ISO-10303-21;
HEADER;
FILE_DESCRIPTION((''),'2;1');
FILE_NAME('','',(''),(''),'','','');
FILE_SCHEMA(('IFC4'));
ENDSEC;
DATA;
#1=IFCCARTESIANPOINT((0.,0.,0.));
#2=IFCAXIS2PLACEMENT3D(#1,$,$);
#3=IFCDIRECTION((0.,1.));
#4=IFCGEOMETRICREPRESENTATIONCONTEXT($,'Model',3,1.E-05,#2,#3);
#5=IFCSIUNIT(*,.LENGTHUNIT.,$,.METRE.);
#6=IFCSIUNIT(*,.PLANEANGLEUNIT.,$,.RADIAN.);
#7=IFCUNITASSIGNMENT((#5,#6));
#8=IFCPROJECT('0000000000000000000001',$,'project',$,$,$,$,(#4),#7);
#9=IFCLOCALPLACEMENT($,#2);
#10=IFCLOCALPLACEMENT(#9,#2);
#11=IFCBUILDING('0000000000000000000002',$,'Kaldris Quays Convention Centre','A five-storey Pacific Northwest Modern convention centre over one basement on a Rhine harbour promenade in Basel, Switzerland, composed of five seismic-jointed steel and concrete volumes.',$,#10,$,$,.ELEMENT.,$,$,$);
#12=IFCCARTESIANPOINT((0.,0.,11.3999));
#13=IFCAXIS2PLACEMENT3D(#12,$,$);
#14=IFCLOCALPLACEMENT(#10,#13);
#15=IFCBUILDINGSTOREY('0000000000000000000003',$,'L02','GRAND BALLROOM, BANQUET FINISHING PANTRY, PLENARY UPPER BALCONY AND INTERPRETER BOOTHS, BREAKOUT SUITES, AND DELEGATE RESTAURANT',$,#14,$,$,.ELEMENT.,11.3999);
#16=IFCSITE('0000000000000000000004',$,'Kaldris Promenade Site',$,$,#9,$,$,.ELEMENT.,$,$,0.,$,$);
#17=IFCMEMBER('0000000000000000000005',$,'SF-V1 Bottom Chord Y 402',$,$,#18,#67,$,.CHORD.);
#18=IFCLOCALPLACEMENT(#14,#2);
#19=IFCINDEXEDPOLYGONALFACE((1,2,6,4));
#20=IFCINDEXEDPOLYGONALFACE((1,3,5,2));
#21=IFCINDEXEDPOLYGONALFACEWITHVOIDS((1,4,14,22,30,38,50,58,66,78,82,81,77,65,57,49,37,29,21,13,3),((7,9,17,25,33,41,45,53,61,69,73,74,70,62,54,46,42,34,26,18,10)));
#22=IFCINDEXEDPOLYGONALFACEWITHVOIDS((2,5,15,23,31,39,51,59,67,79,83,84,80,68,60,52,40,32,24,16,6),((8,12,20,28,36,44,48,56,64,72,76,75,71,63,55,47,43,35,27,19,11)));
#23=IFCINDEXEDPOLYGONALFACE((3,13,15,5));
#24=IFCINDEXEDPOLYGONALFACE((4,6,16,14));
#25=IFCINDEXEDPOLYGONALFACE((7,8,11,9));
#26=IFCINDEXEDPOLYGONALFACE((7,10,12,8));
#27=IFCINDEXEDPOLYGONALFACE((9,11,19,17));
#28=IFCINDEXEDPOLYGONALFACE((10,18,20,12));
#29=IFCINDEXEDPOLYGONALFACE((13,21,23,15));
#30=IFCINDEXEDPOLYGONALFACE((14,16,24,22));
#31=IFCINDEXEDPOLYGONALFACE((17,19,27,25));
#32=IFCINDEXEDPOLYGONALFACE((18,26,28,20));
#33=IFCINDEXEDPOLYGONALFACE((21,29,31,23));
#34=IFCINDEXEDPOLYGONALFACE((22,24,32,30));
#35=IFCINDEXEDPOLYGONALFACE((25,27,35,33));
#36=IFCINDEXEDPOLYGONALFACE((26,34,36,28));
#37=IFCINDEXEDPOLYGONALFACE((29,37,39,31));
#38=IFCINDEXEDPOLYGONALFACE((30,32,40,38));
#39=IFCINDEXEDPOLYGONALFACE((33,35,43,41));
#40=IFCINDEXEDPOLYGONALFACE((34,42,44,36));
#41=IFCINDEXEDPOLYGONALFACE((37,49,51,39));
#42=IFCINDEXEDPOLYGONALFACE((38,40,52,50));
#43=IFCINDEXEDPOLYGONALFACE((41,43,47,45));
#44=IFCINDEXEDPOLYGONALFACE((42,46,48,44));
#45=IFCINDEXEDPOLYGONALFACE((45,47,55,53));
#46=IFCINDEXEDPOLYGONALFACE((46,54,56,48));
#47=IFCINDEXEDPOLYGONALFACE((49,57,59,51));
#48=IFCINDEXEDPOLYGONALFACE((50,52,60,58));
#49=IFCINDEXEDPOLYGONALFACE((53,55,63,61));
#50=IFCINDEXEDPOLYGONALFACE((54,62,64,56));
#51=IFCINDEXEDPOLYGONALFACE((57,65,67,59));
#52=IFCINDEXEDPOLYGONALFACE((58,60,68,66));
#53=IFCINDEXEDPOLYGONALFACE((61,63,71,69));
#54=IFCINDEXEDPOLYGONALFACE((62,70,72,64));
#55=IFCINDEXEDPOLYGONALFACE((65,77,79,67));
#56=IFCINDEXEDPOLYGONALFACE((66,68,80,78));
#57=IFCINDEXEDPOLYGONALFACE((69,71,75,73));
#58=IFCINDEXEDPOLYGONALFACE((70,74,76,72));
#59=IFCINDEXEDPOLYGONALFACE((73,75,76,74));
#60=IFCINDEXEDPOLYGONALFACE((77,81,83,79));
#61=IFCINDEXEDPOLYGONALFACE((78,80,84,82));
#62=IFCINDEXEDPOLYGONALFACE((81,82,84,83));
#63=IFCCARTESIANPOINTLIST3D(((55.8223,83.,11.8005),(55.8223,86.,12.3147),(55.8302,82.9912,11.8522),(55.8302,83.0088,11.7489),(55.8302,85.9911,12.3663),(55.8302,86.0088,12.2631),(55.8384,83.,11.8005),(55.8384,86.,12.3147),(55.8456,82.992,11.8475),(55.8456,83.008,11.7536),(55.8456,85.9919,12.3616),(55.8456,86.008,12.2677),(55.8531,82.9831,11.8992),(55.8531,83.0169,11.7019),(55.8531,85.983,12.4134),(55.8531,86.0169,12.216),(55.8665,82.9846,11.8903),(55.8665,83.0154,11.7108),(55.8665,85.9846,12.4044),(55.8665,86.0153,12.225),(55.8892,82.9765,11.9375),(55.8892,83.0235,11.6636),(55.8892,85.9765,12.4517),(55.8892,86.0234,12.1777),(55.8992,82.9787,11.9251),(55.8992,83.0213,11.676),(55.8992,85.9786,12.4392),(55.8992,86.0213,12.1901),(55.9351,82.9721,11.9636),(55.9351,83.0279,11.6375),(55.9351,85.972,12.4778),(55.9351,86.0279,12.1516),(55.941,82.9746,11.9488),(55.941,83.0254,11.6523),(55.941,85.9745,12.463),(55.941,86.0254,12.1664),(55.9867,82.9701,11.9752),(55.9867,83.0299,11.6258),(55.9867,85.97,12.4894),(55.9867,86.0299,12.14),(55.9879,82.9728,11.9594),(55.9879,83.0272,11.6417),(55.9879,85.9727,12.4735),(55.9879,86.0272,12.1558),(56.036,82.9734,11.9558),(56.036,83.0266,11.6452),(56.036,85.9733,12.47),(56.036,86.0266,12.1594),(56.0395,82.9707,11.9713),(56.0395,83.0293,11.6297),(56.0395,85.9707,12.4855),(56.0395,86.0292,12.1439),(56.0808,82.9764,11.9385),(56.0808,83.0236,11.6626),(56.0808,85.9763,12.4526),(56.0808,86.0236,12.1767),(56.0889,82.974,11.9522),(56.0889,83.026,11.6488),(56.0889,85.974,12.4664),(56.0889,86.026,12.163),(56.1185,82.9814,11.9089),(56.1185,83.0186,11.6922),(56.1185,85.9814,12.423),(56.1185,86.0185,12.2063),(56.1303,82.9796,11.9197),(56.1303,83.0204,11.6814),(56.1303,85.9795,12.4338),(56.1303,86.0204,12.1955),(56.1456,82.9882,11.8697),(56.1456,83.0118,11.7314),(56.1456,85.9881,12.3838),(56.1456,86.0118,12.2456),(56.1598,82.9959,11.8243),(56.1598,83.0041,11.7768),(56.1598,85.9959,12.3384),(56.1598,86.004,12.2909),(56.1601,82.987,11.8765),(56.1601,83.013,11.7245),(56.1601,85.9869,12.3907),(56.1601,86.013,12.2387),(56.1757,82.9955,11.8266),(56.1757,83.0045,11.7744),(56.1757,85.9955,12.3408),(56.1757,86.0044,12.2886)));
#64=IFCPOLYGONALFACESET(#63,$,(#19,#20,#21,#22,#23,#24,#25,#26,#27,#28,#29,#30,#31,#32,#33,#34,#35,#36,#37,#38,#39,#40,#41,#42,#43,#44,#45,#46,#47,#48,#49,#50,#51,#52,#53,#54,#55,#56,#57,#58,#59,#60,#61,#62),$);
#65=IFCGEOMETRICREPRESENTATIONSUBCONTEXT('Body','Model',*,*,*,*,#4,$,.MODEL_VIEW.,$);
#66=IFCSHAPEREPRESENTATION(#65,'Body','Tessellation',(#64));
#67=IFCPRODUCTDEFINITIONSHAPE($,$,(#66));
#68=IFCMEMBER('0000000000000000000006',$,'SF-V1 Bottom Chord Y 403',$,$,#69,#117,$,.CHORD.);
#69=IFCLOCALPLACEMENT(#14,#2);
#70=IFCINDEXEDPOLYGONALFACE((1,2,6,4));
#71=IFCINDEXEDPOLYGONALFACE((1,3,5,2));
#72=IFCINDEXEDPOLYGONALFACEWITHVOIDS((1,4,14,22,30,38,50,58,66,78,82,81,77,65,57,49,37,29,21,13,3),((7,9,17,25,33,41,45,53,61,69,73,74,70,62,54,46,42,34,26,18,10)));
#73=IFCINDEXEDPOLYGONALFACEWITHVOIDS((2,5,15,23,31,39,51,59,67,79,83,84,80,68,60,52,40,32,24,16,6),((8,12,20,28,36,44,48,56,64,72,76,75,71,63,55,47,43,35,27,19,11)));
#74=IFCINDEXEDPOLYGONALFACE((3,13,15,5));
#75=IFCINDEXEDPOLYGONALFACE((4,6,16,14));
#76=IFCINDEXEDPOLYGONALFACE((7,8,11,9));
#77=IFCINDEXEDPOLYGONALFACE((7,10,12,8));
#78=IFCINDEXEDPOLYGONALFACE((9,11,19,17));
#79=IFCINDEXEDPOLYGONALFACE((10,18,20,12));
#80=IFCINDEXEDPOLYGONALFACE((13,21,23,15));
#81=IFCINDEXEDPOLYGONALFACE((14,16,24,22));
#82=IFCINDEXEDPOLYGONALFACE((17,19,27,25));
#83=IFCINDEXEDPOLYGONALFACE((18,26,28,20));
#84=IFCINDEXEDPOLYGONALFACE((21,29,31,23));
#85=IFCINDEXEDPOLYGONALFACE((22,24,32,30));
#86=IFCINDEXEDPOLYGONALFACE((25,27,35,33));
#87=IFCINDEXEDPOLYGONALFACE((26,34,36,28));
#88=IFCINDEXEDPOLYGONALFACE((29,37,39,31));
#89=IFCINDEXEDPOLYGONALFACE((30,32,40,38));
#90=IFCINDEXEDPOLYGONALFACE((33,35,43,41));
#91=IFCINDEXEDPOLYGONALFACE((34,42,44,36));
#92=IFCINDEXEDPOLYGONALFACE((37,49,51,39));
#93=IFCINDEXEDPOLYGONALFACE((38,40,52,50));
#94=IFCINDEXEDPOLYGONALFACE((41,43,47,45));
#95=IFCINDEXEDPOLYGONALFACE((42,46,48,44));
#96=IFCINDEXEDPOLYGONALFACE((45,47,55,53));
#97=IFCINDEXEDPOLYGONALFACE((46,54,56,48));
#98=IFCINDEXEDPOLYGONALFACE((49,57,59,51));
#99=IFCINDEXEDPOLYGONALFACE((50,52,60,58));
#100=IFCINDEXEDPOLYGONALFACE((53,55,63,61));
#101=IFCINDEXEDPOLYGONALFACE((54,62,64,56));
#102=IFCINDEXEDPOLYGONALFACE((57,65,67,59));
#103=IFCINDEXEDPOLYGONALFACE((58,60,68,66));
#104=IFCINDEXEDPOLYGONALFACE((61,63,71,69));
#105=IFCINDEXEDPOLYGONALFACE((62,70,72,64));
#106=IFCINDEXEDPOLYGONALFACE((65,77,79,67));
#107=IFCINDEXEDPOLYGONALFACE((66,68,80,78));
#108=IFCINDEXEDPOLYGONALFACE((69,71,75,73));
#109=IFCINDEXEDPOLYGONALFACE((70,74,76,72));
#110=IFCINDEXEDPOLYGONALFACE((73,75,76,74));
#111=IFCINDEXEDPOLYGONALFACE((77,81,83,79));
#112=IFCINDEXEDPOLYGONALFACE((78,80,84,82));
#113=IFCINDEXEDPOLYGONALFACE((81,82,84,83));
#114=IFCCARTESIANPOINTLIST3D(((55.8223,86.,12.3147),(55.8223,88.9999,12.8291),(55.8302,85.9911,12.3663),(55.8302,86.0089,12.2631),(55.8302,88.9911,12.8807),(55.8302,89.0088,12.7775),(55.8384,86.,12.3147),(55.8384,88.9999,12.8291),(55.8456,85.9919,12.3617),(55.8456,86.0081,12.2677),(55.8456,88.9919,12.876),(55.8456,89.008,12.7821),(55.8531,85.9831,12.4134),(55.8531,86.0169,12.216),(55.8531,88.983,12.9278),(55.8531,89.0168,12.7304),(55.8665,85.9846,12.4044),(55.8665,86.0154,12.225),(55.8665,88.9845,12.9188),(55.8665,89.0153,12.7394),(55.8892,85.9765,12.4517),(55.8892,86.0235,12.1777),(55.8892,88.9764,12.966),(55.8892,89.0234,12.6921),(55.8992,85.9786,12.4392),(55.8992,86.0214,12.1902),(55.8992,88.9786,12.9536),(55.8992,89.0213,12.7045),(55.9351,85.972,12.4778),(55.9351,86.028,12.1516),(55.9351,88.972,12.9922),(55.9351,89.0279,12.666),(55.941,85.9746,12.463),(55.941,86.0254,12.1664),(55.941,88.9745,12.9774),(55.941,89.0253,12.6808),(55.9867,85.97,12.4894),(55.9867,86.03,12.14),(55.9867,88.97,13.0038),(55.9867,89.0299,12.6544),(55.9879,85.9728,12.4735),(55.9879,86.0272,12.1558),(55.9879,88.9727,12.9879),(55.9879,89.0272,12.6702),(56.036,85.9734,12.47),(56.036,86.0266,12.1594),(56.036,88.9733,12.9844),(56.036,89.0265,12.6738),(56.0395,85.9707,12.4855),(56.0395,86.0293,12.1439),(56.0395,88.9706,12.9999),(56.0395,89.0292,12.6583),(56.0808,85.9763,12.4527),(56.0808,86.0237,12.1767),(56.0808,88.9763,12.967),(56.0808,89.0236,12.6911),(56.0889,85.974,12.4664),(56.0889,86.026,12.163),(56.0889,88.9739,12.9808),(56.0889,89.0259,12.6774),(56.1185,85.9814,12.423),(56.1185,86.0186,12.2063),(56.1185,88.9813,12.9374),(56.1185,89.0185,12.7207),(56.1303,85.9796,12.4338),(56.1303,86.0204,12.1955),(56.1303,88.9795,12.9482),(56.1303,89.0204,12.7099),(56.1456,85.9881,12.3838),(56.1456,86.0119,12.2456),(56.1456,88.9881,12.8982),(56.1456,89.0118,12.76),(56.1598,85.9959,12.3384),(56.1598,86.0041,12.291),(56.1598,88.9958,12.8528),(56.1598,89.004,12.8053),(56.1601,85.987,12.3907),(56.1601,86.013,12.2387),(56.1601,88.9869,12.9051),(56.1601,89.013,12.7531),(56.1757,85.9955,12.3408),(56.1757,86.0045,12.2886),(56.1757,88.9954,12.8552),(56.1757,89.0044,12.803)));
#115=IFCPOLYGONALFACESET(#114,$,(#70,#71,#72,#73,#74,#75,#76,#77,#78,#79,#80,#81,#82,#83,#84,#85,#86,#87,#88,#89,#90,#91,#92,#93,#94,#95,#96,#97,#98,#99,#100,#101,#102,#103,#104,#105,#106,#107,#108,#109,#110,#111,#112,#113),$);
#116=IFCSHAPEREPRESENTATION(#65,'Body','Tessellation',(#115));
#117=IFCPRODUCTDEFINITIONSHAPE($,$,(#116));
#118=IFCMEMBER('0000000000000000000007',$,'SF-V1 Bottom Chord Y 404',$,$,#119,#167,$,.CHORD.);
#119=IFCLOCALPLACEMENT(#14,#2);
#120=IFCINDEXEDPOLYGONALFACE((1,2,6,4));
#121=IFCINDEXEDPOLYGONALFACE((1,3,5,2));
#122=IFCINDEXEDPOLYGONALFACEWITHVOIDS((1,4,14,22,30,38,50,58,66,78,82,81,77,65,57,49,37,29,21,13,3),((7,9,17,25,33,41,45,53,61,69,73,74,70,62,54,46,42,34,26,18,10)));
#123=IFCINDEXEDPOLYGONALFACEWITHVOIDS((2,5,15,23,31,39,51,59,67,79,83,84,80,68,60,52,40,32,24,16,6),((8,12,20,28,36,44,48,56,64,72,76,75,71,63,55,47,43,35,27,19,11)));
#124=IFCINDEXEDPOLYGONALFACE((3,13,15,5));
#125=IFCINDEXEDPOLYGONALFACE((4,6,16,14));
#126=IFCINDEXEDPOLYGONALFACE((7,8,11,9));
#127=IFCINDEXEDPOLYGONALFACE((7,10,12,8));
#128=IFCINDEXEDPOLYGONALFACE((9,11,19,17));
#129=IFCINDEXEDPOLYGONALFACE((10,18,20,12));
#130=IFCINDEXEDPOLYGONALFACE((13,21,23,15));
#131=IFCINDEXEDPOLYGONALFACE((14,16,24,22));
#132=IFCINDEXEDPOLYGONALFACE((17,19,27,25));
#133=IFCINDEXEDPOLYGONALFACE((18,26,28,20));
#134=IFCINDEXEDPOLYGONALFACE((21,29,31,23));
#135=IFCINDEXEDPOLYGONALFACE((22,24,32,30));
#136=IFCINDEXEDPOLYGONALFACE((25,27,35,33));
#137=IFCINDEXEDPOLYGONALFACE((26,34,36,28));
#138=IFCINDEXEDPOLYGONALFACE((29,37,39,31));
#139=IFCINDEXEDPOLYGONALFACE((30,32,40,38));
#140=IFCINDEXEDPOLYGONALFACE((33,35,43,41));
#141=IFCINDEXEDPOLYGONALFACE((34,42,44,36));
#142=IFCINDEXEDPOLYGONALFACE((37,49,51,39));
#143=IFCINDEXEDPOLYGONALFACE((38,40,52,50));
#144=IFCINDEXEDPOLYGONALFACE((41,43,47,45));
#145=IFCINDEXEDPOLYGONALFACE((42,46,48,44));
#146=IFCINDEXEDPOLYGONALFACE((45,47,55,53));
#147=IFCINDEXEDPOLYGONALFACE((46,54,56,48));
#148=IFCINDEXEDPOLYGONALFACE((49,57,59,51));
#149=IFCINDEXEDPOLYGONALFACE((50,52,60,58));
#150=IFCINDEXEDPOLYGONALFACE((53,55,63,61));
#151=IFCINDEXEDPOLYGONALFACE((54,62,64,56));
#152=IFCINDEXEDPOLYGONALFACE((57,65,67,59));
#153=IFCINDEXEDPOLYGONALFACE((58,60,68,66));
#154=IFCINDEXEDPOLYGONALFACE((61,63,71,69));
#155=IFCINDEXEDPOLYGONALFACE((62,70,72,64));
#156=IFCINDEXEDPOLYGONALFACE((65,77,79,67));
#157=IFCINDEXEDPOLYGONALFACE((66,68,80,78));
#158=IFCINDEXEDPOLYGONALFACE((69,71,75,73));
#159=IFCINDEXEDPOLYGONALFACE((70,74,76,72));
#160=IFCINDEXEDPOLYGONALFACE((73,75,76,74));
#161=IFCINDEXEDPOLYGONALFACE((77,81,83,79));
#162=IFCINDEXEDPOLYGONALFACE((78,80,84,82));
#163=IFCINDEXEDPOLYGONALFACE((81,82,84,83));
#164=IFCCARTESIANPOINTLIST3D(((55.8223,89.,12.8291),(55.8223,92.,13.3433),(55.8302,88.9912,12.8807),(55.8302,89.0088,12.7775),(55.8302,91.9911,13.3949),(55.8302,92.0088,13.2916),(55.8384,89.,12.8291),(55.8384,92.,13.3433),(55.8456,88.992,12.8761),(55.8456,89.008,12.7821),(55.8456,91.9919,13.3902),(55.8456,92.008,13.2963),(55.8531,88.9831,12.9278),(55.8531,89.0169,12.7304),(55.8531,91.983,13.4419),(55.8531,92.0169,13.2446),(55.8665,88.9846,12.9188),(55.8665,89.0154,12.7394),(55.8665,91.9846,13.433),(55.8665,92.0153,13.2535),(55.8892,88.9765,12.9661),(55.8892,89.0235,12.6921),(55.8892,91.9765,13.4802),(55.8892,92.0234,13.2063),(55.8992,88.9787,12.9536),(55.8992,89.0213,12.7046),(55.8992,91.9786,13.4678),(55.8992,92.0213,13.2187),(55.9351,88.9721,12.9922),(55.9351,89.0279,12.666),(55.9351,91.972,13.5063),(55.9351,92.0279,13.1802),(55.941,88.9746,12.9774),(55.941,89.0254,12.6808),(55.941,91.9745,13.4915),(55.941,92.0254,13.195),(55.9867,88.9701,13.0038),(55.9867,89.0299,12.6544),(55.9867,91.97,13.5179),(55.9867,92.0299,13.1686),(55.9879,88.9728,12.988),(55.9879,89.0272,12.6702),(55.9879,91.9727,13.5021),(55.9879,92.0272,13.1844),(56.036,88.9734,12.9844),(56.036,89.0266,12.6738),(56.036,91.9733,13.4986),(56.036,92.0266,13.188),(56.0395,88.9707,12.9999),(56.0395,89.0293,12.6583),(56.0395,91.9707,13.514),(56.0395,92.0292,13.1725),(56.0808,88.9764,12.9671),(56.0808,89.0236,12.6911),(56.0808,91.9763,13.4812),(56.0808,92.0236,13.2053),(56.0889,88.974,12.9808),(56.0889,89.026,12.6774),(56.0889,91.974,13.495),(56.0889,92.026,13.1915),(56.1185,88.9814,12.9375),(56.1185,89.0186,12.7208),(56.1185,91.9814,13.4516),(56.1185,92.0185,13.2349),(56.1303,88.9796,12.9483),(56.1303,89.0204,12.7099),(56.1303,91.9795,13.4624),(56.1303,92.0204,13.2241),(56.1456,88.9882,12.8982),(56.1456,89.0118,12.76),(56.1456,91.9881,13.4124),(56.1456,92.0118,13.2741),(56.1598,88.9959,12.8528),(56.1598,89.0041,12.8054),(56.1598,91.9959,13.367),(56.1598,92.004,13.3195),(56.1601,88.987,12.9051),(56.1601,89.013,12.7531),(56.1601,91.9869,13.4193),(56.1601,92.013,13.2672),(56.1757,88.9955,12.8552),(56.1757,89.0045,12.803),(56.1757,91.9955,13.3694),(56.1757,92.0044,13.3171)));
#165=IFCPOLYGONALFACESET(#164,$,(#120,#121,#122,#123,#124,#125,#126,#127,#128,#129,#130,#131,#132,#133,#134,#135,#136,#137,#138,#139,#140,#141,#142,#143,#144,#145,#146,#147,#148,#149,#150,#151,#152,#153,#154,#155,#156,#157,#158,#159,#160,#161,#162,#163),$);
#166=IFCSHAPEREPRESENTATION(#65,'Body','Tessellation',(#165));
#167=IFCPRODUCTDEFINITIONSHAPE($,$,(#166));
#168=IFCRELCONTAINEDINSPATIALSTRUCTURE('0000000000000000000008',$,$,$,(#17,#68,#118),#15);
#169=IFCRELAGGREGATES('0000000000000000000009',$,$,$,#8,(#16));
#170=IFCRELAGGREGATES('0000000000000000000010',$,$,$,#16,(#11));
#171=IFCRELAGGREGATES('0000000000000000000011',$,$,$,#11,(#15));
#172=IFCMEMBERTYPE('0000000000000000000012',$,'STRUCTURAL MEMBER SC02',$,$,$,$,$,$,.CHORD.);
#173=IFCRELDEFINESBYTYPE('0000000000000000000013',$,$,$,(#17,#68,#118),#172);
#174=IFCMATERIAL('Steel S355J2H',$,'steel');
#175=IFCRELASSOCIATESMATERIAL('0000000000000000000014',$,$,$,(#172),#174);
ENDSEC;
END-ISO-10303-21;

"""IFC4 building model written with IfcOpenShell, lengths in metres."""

from ifc_helpers import new_model, si_unit, direction, frame, origin, origin_2d, place, context, subcontext, project, spatial, hollow_circle, extrude, material, material_profile, profile_set, type_object, element, save


model = new_model("IFC4")

# Units and contexts
model_context = context("Model", 3, precision=1e-05, world=origin(), true_north=direction((0.0, 1.0)))
body_context = subcontext(model_context, "Body", "Model", "MODEL_VIEW")
ifc_project = project(units=[si_unit("LENGTHUNIT", "METRE"), si_unit("PLANEANGLEUNIT", "RADIAN")], contexts=[model_context])

# Site, building, storey
site_placement = place(None, origin())
site = spatial("IfcSite", under=ifc_project, at=site_placement, Name="Kaldris Promenade Site", CompositionType="ELEMENT", RefElevation=0.0)
building_placement = place(site_placement, origin())
building = spatial("IfcBuilding", under=site, at=building_placement, Name="Kaldris Quays Convention Centre", Description="A five-storey Pacific Northwest Modern convention centre over one basement on a Rhine harbour promenade in Basel, Switzerland, composed of five seismic-jointed steel and concrete volumes.", CompositionType="ELEMENT")
storey_placement = place(building_placement, frame((0.0, 0.0, 11.3999)))
storey = spatial("IfcBuildingStorey", under=building, at=storey_placement, Name="L02", Description="GRAND BALLROOM, BANQUET FINISHING PANTRY, PLENARY UPPER BALCONY AND INTERPRETER BOOTHS, BREAKOUT SUITES, AND DELEGATE RESTAURANT", CompositionType="ELEMENT", Elevation=11.3999)

# Members
ifc_material_1 = material(Name="Steel S355J2H", Category="steel")
ifc_material_profile_1 = material_profile(ifc_material_1, hollow_circle(Radius=0.1777, WallThickness=0.0161, at=origin_2d()), Name="CHS 355.6x16")
ifc_profile_set_1 = profile_set([ifc_material_profile_1], Name="Steel S355J2H")
member_type_1 = type_object("IfcMemberType", Name="STRUCTURAL MEMBER SC02", PredefinedType="CHORD", material=ifc_profile_set_1)
for number, where, z_axis, x_axis, name in (
    (1, (56.0, 83.0, 11.8005), (0.0, 0.985629, 0.168924), (-1.0, 0.0, 0.0), "SF-V1 Bottom Chord Y 402"),
    (2, (56.0, 86.0, 12.3147), (0.0, 0.985616, 0.169002), (-1.0, 0.0, 0.0), "SF-V1 Bottom Chord Y 403"),
    (3, (56.0, 89.0, 12.8291), (0.0, 0.985629, 0.168924), (-1.0, 0.0, 0.0), "SF-V1 Bottom Chord Y 404"),
):
    element("IfcMember", number, at=place(storey_placement, frame(where, z_axis=z_axis, x_axis=x_axis)), inside=storey, type_object=member_type_1, Name=name, PredefinedType="CHORD", context=body_context, shape_type="SweptSolid", body=[
        extrude(hollow_circle(Radius=0.1777, WallThickness=0.0161, at=origin_2d()), origin(), (0.0, 0.0, 1.0), 3.0437),
    ])

save(model, "model.ifc")
